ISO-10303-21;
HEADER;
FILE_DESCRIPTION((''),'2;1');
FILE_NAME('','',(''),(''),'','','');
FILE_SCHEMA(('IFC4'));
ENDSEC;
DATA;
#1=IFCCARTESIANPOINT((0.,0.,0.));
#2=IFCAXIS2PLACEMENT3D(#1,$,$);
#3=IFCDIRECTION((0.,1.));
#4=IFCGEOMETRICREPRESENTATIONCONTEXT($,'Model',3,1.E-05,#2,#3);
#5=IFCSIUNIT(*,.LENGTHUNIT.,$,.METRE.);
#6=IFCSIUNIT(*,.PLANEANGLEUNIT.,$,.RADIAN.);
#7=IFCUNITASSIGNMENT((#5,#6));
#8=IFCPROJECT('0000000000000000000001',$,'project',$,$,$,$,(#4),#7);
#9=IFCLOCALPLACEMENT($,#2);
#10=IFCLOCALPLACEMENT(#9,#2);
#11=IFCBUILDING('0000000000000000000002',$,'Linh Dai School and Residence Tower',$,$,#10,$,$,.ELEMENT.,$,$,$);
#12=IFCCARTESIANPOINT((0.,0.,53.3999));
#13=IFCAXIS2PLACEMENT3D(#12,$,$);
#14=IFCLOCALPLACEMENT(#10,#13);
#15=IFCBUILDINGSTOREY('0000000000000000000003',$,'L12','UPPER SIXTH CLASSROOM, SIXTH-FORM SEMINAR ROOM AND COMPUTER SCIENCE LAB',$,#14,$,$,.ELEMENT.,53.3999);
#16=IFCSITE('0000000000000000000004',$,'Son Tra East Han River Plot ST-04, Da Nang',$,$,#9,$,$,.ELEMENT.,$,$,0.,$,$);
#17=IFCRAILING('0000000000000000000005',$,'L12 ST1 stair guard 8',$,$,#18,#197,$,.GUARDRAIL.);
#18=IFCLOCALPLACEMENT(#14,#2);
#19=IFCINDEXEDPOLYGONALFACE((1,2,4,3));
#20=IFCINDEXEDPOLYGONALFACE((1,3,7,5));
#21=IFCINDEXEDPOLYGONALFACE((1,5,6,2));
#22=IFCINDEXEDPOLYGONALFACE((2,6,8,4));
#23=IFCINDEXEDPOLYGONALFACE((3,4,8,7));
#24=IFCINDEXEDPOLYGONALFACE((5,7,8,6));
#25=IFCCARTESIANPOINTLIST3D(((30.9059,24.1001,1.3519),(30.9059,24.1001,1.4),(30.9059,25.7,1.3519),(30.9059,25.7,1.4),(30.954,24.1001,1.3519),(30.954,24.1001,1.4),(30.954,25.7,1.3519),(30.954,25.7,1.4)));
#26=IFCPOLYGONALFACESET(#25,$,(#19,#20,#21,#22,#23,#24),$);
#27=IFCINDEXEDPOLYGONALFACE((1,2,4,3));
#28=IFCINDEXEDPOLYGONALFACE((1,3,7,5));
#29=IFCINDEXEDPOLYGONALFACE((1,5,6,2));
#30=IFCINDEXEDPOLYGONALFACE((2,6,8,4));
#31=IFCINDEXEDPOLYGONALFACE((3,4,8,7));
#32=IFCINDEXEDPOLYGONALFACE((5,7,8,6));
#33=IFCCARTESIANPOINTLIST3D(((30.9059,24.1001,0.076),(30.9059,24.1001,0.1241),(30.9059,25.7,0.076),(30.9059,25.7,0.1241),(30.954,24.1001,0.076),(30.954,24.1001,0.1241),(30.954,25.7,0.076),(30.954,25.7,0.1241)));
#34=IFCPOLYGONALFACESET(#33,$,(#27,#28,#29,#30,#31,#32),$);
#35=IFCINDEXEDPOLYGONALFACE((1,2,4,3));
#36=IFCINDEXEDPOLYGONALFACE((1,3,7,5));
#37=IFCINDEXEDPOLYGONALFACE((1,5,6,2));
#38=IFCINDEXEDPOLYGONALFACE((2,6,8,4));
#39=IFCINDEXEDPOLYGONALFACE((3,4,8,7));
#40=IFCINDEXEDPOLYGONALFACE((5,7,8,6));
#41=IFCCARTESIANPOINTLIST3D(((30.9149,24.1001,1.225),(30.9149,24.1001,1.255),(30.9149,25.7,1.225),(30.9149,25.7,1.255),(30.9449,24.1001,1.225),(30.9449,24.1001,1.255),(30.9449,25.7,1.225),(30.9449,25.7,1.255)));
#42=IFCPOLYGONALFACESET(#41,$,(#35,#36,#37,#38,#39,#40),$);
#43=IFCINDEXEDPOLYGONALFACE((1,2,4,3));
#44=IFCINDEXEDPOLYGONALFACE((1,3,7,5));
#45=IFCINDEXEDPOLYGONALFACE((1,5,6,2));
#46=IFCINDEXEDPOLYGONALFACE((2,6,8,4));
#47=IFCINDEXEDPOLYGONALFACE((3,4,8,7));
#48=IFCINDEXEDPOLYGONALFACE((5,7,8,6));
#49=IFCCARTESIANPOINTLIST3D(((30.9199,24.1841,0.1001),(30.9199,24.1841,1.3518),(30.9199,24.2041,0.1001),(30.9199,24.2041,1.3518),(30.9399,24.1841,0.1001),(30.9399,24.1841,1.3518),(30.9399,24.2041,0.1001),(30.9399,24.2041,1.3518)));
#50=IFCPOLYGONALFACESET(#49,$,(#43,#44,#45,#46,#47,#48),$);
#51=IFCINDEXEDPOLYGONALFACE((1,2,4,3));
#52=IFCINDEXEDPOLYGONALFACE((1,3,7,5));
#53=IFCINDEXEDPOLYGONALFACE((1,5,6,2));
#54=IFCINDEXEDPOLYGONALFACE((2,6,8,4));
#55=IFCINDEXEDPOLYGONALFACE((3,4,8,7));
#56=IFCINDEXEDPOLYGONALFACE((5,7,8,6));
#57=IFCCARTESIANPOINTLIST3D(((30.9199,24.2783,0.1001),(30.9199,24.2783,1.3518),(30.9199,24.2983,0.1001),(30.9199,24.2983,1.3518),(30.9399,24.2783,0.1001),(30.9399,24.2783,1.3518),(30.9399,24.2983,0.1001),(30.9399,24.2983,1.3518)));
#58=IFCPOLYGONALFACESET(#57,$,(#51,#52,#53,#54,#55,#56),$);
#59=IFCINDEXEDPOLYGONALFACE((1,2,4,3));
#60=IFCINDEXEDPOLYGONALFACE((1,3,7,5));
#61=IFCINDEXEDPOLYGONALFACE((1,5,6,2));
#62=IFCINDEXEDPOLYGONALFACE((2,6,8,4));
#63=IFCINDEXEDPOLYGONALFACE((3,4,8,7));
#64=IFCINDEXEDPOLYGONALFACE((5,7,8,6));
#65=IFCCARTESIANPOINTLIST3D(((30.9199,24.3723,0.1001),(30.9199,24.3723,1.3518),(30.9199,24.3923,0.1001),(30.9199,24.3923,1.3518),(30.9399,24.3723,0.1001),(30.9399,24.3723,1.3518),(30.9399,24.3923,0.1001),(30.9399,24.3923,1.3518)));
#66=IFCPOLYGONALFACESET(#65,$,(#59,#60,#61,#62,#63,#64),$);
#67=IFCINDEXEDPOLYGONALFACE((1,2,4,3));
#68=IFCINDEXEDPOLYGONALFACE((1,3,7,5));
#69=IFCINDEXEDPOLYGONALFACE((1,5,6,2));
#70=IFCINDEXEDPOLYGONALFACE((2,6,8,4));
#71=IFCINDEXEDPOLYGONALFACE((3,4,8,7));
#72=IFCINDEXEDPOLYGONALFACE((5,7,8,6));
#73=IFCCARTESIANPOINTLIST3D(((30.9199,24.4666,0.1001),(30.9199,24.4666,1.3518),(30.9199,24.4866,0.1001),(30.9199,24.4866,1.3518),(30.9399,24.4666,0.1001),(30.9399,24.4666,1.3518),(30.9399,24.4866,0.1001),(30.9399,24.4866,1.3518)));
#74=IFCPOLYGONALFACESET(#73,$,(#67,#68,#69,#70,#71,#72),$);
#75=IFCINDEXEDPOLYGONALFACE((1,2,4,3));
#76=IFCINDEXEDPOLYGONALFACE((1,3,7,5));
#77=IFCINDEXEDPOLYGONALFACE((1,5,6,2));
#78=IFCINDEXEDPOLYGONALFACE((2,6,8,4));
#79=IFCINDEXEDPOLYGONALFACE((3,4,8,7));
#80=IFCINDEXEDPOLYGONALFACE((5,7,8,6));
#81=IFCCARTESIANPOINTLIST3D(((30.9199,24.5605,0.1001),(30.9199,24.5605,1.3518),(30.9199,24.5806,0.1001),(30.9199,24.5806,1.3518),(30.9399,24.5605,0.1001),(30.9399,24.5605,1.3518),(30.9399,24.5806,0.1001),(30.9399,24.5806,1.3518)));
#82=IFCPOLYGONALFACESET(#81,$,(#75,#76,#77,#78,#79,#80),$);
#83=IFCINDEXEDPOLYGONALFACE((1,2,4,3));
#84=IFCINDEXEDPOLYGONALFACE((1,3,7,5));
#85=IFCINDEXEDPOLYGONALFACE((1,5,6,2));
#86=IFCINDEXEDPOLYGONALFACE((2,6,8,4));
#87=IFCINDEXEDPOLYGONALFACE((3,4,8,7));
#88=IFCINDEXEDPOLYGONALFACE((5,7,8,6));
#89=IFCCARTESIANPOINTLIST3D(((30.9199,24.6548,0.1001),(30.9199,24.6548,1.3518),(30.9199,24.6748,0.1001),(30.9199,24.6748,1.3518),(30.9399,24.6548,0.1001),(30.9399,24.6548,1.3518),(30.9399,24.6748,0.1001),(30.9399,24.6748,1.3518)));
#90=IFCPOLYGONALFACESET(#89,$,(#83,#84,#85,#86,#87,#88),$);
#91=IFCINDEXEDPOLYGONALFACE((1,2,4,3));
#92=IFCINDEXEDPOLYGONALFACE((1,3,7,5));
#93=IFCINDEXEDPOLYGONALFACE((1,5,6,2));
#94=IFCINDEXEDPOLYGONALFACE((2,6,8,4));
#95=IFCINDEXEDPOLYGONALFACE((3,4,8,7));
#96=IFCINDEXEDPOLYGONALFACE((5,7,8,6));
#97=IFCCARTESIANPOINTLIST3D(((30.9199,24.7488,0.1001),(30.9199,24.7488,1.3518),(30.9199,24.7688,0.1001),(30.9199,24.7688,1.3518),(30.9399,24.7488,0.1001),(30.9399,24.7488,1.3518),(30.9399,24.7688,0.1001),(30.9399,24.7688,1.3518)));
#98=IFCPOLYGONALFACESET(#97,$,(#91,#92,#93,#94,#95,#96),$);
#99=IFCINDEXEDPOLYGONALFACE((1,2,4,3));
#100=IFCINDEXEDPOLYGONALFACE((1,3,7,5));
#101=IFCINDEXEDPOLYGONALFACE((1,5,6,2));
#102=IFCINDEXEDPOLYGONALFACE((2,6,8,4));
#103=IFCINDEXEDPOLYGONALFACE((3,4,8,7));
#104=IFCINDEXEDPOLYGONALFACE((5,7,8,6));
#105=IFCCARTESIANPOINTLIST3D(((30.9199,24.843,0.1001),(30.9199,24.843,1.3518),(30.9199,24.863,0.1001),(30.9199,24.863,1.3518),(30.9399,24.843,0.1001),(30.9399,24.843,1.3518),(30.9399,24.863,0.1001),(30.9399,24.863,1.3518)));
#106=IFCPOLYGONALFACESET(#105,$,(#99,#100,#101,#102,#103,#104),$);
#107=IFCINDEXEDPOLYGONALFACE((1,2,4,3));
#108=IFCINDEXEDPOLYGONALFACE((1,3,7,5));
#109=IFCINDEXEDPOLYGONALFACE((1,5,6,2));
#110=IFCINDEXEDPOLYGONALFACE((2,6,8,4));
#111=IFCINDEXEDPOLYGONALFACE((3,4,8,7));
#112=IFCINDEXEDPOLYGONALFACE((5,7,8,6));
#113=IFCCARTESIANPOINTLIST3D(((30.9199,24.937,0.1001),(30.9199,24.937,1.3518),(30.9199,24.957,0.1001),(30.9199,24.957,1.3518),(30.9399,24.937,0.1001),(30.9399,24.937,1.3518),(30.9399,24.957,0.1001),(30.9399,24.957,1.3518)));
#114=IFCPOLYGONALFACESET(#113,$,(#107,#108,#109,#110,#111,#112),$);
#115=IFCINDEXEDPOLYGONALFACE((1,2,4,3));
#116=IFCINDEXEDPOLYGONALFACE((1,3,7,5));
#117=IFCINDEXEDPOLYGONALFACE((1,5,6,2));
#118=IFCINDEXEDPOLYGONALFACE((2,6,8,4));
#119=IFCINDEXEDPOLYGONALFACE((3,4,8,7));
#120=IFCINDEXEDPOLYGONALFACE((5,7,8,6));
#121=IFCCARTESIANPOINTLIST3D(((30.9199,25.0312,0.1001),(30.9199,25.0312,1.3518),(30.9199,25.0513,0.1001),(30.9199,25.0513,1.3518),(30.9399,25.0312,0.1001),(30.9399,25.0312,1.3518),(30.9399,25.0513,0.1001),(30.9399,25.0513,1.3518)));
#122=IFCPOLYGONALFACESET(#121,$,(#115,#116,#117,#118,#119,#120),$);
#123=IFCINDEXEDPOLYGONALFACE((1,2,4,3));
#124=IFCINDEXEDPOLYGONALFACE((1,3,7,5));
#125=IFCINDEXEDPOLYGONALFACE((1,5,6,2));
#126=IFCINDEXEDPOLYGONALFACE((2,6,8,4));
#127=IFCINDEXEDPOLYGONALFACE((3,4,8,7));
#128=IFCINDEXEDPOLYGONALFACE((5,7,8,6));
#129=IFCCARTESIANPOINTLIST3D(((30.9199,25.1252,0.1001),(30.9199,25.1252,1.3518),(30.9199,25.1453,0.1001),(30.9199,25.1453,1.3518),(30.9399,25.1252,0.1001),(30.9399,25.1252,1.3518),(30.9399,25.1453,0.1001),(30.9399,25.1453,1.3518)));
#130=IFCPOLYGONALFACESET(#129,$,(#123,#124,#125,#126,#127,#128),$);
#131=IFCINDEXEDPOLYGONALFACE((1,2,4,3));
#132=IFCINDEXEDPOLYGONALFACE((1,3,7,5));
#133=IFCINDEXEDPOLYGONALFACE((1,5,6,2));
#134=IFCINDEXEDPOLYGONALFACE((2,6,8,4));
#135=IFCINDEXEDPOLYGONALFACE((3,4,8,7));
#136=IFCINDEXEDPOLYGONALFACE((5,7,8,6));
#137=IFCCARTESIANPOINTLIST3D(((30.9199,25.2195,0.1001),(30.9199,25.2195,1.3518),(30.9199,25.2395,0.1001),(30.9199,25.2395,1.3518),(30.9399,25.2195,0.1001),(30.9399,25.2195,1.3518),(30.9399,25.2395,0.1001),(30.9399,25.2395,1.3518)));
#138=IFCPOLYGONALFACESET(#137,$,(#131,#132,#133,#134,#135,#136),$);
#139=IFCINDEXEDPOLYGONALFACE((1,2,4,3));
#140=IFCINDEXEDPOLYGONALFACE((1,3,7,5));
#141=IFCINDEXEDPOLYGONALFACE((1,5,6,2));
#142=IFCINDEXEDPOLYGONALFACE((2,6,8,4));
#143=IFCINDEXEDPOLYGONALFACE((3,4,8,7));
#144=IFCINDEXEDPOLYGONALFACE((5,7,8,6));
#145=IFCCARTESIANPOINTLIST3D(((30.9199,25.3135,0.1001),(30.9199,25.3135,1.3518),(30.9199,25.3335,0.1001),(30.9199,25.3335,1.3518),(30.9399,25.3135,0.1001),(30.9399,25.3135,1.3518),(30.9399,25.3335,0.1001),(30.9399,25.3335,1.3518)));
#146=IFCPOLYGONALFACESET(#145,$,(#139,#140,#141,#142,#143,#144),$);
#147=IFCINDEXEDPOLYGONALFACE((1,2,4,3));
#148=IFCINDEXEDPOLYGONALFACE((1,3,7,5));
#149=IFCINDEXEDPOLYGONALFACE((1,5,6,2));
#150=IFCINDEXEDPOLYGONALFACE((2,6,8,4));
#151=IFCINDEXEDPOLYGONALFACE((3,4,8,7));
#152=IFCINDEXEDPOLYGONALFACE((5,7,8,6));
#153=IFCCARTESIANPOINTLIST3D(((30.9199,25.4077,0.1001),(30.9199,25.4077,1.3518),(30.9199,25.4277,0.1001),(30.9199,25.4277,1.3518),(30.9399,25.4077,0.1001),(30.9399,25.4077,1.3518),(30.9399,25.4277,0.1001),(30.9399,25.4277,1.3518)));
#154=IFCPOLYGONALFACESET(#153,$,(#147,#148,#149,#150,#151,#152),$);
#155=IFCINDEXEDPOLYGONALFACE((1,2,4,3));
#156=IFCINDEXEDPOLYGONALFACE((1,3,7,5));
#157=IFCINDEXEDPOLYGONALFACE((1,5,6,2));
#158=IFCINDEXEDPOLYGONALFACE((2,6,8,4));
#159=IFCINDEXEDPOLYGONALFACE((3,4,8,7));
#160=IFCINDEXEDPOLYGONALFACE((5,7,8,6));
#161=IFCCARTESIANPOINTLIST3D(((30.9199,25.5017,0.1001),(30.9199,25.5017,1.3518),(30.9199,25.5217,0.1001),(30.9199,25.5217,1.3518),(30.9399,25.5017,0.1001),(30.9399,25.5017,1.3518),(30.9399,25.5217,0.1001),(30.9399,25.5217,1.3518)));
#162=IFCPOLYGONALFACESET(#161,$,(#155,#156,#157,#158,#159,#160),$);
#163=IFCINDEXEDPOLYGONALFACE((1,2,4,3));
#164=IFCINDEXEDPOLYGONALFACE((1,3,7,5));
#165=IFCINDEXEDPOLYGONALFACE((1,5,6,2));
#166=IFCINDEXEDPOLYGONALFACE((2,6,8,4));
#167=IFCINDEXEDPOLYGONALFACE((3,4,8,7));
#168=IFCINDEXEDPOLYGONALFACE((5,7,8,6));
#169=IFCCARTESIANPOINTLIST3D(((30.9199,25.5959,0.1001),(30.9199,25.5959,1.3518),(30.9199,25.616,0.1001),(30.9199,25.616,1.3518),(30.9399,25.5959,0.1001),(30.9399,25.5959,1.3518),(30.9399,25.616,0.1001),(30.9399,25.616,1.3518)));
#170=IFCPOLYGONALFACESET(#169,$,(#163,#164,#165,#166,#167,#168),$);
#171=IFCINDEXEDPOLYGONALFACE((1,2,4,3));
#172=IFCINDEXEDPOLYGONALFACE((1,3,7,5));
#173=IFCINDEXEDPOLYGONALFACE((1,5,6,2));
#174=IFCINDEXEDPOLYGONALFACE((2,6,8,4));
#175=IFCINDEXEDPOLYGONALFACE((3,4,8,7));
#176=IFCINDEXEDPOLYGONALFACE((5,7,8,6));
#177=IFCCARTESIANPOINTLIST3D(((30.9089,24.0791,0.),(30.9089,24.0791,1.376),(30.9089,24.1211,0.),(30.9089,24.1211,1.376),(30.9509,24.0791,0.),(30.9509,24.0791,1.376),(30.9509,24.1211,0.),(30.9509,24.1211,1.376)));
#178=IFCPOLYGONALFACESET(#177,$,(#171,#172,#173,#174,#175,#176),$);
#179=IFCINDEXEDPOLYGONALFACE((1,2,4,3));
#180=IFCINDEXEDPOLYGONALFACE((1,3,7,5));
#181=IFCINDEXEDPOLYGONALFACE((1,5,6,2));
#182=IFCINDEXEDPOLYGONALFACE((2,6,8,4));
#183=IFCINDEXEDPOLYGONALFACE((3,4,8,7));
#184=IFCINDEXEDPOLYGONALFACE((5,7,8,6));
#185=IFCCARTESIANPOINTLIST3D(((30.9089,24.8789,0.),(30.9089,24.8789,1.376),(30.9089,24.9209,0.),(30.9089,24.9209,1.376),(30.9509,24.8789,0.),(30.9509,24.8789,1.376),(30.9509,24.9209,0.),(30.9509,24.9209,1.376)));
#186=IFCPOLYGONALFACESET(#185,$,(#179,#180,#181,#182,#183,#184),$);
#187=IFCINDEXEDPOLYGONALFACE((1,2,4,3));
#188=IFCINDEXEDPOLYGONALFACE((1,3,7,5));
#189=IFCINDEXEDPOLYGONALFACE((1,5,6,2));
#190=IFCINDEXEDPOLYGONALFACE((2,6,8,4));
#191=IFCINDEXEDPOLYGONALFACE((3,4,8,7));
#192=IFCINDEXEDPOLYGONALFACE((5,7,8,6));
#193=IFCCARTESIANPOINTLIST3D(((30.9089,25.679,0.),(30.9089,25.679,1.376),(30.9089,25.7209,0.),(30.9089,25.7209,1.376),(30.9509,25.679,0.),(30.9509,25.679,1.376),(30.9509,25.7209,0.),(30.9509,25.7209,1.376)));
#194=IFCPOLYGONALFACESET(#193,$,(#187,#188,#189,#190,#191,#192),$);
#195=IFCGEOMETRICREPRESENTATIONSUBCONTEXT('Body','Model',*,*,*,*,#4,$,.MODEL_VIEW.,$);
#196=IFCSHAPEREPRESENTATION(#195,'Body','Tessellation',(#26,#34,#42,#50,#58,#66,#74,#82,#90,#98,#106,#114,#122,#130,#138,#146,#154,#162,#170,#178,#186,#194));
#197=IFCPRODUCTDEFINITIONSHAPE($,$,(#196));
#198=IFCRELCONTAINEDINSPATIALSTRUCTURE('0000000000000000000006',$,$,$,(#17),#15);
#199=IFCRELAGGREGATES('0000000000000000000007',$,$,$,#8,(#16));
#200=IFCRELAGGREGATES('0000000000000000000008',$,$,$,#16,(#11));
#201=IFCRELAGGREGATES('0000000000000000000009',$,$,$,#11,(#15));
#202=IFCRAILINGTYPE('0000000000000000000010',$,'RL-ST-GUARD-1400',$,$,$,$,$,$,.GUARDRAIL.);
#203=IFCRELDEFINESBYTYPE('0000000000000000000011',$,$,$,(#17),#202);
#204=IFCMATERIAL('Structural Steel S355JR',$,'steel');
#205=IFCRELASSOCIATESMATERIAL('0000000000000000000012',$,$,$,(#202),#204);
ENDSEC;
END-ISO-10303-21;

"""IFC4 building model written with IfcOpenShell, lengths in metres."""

from ifc_helpers import new_model, si_unit, direction, frame, origin, origin_2d, place, context, subcontext, project, spatial, rectangle, extrude, source, transform, mapped, material, type_object, element, save


model = new_model("IFC4")

# Units and contexts
model_context = context("Model", 3, precision=1e-05, world=origin(), true_north=direction((0.0, 1.0)))
body_context = subcontext(model_context, "Body", "Model", "MODEL_VIEW")
ifc_project = project(units=[si_unit("LENGTHUNIT", "METRE"), si_unit("PLANEANGLEUNIT", "RADIAN")], contexts=[model_context])

# Site, building, storey
site_placement = place(None, origin())
site = spatial("IfcSite", under=ifc_project, at=site_placement, Name="Son Tra East Han River Plot ST-04, Da Nang", CompositionType="ELEMENT", RefElevation=0.0)
building_placement = place(site_placement, origin())
building = spatial("IfcBuilding", under=site, at=building_placement, Name="Linh Dai School and Residence Tower", CompositionType="ELEMENT")
storey_placement = place(building_placement, frame((0.0, 0.0, 53.3999)))
storey = spatial("IfcBuildingStorey", under=building, at=storey_placement, Name="L12", Description="UPPER SIXTH CLASSROOM, SIXTH-FORM SEMINAR ROOM AND COMPUTER SCIENCE LAB", CompositionType="ELEMENT", Elevation=53.3999)

# Shared definitions
ifc_material_1 = material(Name="Structural Steel S355JR", Category="steel")

# Railing
railing_type_1 = type_object("IfcRailingType", Name="RL-ST-GUARD-1400", PredefinedType="GUARDRAIL", material=ifc_material_1)
shared_shape_1 = source(origin(), body_context, "Body", "SweptSolid", [
    extrude(rectangle(XDim=0.0481, YDim=0.0481, at=origin_2d()), frame((0.0, 0.0, 1.376), z_axis=(0.0, 1.0, 0.0), x_axis=(-1.0, 0.0, 0.0)), (0.0, 0.0, 1.0), 1.5999),
    extrude(rectangle(XDim=0.0481, YDim=0.0481, at=origin_2d()), frame((0.0, 0.0, 0.1001), z_axis=(0.0, 1.0, 0.0), x_axis=(-1.0, 0.0, 0.0)), (0.0, 0.0, 1.0), 1.5999),
    extrude(rectangle(XDim=0.03, YDim=0.03, at=origin_2d()), frame((0.0, 0.0, 1.24), z_axis=(0.0, 1.0, 0.0), x_axis=(-1.0, 0.0, 0.0)), (0.0, 0.0, 1.0), 1.5999),
    extrude(rectangle(XDim=0.02, YDim=0.02, at=origin_2d()), frame((0.0, 0.094, 0.1001)), (0.0, 0.0, 1.0), 1.2517),
    extrude(rectangle(XDim=0.02, YDim=0.02, at=origin_2d()), frame((0.0, 0.1882, 0.1001)), (0.0, 0.0, 1.0), 1.2517),
    extrude(rectangle(XDim=0.02, YDim=0.02, at=origin_2d()), frame((0.0, 0.2822, 0.1001)), (0.0, 0.0, 1.0), 1.2517),
    extrude(rectangle(XDim=0.02, YDim=0.02, at=origin_2d()), frame((0.0, 0.3765, 0.1001)), (0.0, 0.0, 1.0), 1.2517),
    extrude(rectangle(XDim=0.02, YDim=0.02, at=origin_2d()), frame((0.0, 0.4705, 0.1001)), (0.0, 0.0, 1.0), 1.2517),
    extrude(rectangle(XDim=0.02, YDim=0.02, at=origin_2d()), frame((0.0, 0.5647, 0.1001)), (0.0, 0.0, 1.0), 1.2517),
    extrude(rectangle(XDim=0.02, YDim=0.02, at=origin_2d()), frame((0.0, 0.6587, 0.1001)), (0.0, 0.0, 1.0), 1.2517),
    extrude(rectangle(XDim=0.02, YDim=0.02, at=origin_2d()), frame((0.0, 0.7529, 0.1001)), (0.0, 0.0, 1.0), 1.2517),
    extrude(rectangle(XDim=0.02, YDim=0.02, at=origin_2d()), frame((0.0, 0.8469, 0.1001)), (0.0, 0.0, 1.0), 1.2517),
    extrude(rectangle(XDim=0.02, YDim=0.02, at=origin_2d()), frame((0.0, 0.9412, 0.1001)), (0.0, 0.0, 1.0), 1.2517),
    extrude(rectangle(XDim=0.02, YDim=0.02, at=origin_2d()), frame((0.0, 1.0352, 0.1001)), (0.0, 0.0, 1.0), 1.2517),
    extrude(rectangle(XDim=0.02, YDim=0.02, at=origin_2d()), frame((0.0, 1.1294, 0.1001)), (0.0, 0.0, 1.0), 1.2517),
    extrude(rectangle(XDim=0.02, YDim=0.02, at=origin_2d()), frame((0.0, 1.2234, 0.1001)), (0.0, 0.0, 1.0), 1.2517),
    extrude(rectangle(XDim=0.02, YDim=0.02, at=origin_2d()), frame((0.0, 1.3176, 0.1001)), (0.0, 0.0, 1.0), 1.2517),
    extrude(rectangle(XDim=0.02, YDim=0.02, at=origin_2d()), frame((0.0, 1.4116, 0.1001)), (0.0, 0.0, 1.0), 1.2517),
    extrude(rectangle(XDim=0.02, YDim=0.02, at=origin_2d()), frame((0.0, 1.5059, 0.1001)), (0.0, 0.0, 1.0), 1.2517),
    extrude(rectangle(XDim=0.042, YDim=0.042, at=origin_2d()), origin(), (0.0, 0.0, 1.0), 1.376),
    extrude(rectangle(XDim=0.042, YDim=0.042, at=origin_2d()), frame((0.0, 0.7998, 0.0)), (0.0, 0.0, 1.0), 1.376),
    extrude(rectangle(XDim=0.042, YDim=0.042, at=origin_2d()), frame((0.0, 1.5999, 0.0)), (0.0, 0.0, 1.0), 1.376),
])
for number, where, name in (
    (1, (30.9299, 24.1001, 0.0), "L12 ST1 stair guard 8"),
):
    element("IfcRailing", number, at=place(storey_placement, frame(where)), inside=storey, type_object=railing_type_1, Name=name, PredefinedType="GUARDRAIL", context=body_context, shape_type="MappedRepresentation", body=[
        mapped(shared_shape_1, transform((0.0, 0.0, 0.0), x_axis=(1.0, 0.0, 0.0), y_axis=(0.0, 1.0, 0.0), z_axis=(0.0, 0.0, 1.0), scale=1.0)),
    ])

save(model, "model.ifc")
